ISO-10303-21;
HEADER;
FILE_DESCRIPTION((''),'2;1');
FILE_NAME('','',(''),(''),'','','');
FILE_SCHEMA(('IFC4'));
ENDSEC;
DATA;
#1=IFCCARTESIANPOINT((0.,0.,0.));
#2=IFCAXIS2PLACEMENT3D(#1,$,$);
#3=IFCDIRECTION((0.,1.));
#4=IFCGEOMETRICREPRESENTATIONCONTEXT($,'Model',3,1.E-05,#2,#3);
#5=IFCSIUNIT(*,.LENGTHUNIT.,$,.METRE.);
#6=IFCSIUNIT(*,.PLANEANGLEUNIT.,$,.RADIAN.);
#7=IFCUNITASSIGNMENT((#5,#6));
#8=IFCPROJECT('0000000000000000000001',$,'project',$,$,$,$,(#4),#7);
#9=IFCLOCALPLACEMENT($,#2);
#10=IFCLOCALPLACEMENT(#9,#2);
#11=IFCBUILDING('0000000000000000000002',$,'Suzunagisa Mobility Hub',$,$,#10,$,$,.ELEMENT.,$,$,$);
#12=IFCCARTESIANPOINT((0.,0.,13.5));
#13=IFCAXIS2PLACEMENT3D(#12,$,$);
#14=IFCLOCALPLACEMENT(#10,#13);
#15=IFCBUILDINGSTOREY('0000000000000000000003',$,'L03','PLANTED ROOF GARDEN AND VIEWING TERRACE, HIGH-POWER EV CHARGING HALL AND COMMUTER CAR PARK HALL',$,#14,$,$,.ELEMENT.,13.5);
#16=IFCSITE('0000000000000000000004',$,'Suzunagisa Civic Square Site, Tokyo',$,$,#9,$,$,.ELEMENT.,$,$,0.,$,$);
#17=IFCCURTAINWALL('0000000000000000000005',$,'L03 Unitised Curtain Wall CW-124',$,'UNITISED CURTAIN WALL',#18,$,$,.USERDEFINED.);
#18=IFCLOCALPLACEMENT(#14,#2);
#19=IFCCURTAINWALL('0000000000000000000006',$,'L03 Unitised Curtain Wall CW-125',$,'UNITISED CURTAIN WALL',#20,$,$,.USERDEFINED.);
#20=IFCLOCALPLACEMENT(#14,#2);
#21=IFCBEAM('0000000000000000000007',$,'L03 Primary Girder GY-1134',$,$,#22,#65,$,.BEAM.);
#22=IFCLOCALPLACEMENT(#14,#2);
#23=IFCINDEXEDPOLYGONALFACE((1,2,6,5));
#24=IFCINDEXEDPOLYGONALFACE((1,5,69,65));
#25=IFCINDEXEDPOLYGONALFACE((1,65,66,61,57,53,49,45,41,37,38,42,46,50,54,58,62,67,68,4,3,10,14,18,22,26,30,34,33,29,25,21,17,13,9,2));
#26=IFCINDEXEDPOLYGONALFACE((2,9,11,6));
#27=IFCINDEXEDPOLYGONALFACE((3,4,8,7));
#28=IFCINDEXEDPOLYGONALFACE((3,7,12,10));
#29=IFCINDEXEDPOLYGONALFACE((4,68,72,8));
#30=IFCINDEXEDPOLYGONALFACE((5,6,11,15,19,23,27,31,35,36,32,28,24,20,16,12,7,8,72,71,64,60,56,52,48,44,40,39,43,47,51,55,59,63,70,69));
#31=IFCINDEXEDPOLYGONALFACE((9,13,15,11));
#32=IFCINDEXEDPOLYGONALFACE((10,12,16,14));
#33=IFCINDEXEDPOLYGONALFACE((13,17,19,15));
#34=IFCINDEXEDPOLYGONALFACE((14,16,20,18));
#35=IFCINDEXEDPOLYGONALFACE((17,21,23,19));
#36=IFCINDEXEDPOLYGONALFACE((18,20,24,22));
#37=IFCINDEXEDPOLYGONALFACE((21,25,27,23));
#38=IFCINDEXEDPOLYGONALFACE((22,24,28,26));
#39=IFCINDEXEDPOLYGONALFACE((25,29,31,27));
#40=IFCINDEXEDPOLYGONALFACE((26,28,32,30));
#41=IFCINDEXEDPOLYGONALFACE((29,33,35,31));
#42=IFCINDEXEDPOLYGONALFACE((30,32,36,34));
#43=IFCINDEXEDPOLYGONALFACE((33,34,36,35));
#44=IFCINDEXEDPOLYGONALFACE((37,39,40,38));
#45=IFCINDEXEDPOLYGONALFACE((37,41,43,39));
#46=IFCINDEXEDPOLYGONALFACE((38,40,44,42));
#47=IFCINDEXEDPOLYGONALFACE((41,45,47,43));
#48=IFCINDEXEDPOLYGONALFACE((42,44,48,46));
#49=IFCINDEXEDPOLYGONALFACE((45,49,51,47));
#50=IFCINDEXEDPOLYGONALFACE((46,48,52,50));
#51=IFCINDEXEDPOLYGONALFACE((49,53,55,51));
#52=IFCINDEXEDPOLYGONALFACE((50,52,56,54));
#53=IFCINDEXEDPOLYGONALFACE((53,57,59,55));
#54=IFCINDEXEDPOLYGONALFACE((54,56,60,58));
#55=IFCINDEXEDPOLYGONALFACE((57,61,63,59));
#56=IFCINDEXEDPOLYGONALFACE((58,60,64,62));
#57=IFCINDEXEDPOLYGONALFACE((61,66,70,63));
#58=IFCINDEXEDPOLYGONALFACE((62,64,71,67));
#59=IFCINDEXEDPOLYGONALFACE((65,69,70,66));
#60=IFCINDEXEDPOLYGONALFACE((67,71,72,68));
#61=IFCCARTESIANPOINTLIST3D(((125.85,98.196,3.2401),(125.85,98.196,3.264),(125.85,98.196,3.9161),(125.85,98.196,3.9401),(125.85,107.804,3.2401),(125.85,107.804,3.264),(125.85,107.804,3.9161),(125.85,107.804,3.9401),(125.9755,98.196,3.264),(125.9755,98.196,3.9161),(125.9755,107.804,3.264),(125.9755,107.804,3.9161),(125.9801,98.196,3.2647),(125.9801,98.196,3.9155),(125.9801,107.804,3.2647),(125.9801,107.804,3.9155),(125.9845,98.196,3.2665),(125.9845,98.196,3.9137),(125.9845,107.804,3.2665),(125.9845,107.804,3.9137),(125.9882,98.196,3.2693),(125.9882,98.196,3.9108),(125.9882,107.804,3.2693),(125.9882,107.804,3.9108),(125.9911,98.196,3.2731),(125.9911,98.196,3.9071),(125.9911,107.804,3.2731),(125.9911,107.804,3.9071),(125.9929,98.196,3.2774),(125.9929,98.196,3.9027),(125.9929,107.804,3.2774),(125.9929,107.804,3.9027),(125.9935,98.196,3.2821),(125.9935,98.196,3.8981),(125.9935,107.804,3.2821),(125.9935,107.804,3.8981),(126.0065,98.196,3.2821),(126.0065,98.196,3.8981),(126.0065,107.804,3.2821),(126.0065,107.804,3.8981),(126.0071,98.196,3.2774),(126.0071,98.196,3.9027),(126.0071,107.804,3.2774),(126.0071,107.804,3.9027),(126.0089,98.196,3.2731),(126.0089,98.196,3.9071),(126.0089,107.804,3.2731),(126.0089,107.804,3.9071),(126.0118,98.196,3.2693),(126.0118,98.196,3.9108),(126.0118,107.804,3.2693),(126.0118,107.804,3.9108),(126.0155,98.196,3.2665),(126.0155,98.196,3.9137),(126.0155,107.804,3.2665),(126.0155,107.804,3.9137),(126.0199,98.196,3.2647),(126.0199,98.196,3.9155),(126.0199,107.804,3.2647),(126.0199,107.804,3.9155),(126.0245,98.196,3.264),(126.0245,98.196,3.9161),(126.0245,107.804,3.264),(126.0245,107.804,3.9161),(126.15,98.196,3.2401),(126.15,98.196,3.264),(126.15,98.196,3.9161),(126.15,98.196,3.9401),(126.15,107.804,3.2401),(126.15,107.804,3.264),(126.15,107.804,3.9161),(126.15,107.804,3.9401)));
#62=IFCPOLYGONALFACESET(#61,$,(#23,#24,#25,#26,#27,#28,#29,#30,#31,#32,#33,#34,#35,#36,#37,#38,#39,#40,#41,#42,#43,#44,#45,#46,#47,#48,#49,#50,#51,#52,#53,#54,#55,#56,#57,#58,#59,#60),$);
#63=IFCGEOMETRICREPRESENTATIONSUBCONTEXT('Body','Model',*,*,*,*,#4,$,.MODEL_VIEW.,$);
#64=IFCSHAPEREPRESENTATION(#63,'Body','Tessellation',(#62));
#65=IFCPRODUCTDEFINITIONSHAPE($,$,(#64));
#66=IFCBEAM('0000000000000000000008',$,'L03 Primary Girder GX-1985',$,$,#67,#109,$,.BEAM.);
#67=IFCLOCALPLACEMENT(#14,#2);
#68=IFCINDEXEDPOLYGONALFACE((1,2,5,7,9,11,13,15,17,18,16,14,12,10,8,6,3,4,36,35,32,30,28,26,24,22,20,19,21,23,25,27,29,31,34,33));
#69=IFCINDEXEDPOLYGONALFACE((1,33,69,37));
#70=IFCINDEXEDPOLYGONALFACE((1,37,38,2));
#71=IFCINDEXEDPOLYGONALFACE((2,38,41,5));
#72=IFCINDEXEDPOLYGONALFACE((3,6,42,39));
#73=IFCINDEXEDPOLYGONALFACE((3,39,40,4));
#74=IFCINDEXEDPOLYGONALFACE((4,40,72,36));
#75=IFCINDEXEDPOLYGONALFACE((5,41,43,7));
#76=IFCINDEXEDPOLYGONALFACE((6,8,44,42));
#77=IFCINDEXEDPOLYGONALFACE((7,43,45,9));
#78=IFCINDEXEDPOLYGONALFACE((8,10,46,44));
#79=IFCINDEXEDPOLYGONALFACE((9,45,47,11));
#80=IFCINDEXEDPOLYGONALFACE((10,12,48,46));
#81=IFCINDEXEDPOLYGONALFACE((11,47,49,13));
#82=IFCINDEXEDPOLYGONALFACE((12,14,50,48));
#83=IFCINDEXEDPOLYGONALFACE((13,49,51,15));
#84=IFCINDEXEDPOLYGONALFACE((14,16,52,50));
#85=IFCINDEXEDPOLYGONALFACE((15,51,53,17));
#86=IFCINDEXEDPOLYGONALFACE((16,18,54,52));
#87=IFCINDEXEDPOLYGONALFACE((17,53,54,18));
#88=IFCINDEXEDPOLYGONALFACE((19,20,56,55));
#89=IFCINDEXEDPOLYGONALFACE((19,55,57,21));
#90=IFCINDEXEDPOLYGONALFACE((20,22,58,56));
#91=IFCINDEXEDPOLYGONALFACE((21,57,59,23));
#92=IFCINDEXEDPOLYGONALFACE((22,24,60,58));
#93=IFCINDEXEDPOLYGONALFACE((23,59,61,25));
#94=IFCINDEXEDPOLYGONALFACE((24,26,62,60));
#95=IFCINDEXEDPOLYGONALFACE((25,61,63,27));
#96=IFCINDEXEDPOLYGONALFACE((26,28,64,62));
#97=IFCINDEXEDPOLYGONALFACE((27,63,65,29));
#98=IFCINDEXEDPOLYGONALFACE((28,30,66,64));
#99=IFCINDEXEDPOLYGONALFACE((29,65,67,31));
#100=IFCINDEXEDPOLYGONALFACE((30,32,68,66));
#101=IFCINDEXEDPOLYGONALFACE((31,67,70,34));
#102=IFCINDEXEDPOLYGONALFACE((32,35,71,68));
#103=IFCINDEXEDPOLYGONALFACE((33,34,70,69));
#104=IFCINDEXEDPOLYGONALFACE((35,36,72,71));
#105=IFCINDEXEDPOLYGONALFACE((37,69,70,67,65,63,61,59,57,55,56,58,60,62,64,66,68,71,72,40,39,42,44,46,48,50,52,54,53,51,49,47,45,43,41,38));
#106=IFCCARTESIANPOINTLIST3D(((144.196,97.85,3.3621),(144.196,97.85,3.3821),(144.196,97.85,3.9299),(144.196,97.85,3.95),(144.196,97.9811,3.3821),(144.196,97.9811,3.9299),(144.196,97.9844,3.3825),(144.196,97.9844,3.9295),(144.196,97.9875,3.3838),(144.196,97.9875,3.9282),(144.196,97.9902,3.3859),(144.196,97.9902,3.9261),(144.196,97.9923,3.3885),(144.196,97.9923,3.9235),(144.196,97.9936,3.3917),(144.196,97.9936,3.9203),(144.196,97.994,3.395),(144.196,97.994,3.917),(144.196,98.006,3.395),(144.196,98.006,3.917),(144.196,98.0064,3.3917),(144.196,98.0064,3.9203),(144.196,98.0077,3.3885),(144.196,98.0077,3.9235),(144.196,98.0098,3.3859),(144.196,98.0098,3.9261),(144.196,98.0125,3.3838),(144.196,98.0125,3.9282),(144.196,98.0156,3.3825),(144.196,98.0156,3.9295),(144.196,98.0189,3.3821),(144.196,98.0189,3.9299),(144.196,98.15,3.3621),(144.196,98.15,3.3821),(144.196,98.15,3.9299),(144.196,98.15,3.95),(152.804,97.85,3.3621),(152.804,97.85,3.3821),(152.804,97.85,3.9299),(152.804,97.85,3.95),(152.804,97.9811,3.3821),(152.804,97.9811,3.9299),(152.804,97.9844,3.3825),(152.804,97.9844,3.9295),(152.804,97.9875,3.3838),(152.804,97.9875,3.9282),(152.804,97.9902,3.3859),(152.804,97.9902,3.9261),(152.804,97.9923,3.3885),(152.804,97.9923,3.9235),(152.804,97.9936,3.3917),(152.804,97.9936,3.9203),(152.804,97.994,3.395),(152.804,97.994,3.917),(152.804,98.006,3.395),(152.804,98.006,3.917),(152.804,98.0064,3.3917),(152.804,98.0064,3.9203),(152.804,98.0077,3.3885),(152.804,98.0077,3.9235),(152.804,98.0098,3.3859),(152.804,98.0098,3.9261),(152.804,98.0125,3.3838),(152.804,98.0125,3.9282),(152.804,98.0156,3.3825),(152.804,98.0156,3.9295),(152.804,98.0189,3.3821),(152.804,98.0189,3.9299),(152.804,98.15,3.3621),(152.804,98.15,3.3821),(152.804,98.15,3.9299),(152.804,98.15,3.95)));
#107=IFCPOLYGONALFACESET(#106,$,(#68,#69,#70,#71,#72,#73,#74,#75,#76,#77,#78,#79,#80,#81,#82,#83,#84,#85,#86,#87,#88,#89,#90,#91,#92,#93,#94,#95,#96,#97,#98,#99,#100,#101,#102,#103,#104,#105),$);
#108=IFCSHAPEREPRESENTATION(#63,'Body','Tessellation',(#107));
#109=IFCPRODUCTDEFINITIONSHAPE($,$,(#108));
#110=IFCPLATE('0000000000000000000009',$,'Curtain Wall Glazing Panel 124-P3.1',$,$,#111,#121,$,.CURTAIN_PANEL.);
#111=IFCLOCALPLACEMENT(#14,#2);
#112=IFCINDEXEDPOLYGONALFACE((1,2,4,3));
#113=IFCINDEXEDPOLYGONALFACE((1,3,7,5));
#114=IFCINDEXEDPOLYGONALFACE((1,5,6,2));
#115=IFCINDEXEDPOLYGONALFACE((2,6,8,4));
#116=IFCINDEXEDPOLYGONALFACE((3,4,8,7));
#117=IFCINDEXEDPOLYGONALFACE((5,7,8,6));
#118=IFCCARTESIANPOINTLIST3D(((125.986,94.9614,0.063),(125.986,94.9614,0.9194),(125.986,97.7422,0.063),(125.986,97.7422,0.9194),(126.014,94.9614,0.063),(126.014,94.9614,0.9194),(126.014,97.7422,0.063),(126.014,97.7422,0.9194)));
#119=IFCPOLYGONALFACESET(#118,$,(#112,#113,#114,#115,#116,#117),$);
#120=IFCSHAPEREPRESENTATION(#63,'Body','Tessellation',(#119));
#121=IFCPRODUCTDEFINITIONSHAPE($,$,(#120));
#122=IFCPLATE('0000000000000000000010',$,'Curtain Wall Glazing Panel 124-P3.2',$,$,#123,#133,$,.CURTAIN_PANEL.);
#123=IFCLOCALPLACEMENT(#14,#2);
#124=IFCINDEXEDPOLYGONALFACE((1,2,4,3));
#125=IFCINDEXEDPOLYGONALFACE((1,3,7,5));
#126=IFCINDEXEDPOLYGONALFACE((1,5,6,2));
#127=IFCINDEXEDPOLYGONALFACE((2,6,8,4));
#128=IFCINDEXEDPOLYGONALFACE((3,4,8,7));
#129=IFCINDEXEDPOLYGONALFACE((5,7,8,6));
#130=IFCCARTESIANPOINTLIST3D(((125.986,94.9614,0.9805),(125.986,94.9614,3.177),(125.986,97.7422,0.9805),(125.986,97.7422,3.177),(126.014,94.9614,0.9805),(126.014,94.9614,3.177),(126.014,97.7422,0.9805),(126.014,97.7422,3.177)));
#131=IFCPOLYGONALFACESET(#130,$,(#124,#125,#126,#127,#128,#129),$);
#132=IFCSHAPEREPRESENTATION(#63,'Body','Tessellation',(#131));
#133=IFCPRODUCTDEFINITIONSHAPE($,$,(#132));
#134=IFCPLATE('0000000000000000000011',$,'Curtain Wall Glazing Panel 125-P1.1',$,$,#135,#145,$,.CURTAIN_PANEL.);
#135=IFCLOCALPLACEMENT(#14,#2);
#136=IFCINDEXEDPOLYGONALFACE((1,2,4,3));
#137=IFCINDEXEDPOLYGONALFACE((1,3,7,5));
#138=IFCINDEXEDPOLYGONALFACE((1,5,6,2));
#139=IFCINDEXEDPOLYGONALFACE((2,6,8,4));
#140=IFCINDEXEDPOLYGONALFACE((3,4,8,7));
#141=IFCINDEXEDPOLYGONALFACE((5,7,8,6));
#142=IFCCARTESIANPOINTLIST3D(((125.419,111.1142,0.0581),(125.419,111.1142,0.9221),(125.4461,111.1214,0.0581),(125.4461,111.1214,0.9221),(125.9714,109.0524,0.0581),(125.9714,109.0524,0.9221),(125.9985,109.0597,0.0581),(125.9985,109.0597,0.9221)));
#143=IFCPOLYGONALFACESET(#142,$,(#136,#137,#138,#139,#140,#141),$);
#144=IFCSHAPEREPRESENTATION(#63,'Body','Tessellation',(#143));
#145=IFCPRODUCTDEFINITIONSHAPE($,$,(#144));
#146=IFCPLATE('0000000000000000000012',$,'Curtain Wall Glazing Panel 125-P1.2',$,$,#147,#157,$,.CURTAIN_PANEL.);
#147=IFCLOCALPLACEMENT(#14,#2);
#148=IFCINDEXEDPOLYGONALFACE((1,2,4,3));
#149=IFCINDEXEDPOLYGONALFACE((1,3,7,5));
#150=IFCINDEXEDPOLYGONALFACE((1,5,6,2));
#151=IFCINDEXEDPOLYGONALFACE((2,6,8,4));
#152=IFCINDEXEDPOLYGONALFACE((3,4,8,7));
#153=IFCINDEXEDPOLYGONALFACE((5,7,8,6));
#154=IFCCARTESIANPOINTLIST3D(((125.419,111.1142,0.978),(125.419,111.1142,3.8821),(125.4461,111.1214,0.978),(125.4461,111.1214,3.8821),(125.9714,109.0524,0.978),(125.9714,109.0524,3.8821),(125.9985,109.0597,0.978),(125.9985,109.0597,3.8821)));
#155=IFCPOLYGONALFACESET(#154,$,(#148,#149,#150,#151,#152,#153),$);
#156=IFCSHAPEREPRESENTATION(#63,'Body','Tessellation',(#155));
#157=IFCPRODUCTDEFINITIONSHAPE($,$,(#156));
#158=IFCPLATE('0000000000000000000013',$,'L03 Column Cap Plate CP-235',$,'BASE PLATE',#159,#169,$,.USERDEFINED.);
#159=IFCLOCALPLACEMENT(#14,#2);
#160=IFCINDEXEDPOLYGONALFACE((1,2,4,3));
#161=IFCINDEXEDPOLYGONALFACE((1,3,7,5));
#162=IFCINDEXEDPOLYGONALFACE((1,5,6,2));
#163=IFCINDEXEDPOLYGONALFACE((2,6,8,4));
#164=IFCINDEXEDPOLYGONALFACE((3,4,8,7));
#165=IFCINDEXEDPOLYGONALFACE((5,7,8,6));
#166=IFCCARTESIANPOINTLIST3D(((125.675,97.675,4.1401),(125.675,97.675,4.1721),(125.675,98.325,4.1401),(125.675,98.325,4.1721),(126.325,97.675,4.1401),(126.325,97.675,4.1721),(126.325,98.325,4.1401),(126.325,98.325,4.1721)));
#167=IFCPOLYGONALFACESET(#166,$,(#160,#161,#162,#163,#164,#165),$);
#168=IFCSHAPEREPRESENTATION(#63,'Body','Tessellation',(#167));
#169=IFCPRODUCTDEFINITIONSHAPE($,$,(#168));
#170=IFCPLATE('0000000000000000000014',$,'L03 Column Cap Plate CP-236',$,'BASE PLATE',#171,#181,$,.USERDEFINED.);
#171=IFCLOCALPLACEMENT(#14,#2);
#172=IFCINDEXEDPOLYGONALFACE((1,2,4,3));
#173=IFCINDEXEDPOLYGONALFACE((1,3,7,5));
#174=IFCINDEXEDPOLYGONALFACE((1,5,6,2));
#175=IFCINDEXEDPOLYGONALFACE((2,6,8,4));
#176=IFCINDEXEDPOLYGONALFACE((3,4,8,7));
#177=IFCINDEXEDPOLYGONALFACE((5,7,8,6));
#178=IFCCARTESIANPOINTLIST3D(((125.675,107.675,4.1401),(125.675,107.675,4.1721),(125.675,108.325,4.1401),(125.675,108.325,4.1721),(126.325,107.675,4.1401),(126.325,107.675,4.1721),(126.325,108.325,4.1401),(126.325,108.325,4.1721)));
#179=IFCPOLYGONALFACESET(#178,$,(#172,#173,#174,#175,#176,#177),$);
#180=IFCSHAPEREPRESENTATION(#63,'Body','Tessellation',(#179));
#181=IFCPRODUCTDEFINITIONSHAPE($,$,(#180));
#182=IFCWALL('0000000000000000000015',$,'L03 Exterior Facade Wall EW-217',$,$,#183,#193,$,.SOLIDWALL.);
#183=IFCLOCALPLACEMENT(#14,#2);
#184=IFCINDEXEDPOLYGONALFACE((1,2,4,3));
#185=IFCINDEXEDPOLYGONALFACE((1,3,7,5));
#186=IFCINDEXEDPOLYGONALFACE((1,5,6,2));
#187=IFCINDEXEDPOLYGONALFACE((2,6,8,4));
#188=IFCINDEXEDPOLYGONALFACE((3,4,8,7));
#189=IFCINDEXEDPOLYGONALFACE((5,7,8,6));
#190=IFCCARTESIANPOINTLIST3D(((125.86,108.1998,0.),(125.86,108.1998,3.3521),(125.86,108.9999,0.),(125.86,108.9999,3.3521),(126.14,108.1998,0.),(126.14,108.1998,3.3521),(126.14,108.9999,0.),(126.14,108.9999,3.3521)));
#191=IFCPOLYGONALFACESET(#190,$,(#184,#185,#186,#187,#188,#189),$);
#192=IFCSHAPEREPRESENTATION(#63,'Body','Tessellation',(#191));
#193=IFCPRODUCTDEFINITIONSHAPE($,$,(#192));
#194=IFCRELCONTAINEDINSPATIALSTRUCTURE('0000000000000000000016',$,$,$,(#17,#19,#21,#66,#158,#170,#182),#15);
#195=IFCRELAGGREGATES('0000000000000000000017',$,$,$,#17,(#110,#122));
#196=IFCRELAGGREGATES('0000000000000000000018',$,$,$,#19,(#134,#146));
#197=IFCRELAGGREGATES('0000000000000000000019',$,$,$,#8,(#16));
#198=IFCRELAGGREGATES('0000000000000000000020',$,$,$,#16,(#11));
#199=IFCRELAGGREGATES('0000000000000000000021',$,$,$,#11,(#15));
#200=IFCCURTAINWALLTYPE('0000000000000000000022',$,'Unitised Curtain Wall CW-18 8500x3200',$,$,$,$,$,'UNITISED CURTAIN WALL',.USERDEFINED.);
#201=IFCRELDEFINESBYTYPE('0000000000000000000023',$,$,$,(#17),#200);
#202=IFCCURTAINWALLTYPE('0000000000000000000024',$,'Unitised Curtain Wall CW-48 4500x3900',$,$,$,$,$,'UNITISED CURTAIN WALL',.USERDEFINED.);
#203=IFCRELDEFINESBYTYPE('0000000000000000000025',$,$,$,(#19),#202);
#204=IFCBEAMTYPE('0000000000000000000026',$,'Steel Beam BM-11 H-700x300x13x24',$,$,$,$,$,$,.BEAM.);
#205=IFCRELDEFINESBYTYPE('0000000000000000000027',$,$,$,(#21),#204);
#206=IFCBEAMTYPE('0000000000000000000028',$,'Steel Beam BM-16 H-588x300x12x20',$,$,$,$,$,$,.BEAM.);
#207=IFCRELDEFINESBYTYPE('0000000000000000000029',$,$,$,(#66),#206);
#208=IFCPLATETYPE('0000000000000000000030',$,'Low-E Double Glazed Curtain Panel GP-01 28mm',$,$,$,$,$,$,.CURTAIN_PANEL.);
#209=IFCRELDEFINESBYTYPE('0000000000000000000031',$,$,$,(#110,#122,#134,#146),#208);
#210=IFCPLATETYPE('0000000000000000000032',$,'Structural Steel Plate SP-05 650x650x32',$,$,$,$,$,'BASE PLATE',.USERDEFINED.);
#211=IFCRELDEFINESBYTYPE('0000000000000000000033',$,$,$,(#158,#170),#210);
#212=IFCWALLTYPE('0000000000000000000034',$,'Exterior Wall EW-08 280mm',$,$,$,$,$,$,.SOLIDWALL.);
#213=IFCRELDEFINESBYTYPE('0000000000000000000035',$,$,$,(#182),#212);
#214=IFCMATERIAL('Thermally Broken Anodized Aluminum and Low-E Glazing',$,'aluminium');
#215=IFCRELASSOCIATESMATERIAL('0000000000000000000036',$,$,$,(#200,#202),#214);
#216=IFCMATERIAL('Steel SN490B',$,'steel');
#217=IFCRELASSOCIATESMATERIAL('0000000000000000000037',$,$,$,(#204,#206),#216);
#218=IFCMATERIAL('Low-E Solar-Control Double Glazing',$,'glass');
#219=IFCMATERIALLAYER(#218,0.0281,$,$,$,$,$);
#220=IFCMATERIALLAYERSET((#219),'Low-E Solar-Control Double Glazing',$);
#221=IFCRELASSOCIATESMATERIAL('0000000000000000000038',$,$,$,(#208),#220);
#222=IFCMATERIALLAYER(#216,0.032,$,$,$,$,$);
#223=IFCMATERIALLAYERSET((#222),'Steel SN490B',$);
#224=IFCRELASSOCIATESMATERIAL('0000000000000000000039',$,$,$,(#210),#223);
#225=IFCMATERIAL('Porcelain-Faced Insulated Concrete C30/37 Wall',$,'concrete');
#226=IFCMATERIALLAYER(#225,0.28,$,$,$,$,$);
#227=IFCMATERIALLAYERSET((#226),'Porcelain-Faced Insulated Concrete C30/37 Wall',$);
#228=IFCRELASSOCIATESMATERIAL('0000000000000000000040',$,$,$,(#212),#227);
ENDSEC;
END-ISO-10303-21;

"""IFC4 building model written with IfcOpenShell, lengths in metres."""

from ifc_helpers import new_model, si_unit, direction, frame, frame_2d, origin, origin_2d, place, context, subcontext, project, spatial, rectangle, i_section, extrude, material, layer, layer_set, material_profile, profile_set, type_object, element, aggregate, save


model = new_model("IFC4")

# Units and contexts
model_context = context("Model", 3, precision=1e-05, world=origin(), true_north=direction((0.0, 1.0)))
body_context = subcontext(model_context, "Body", "Model", "MODEL_VIEW")
ifc_project = project(units=[si_unit("LENGTHUNIT", "METRE"), si_unit("PLANEANGLEUNIT", "RADIAN")], contexts=[model_context])

# Site, building, storey
site_placement = place(None, origin())
site = spatial("IfcSite", under=ifc_project, at=site_placement, Name="Suzunagisa Civic Square Site, Tokyo", CompositionType="ELEMENT", RefElevation=0.0)
building_placement = place(site_placement, origin())
building = spatial("IfcBuilding", under=site, at=building_placement, Name="Suzunagisa Mobility Hub", CompositionType="ELEMENT")
storey_placement = place(building_placement, frame((0.0, 0.0, 13.5)))
storey = spatial("IfcBuildingStorey", under=building, at=storey_placement, Name="L03", Description="PLANTED ROOF GARDEN AND VIEWING TERRACE, HIGH-POWER EV CHARGING HALL AND COMMUTER CAR PARK HALL", CompositionType="ELEMENT", Elevation=13.5)

# Shared definitions
ifc_material_1 = material(Name="Steel SN490B", Category="steel")

# Curtain walls
ifc_material_2 = material(Name="Thermally Broken Anodized Aluminum and Low-E Glazing", Category="aluminium")
curtain_wall_type_1 = type_object("IfcCurtainWallType", Name="Unitised Curtain Wall CW-18 8500x3200", ElementType="UNITISED CURTAIN WALL", PredefinedType="USERDEFINED", material=ifc_material_2)
curtain_wall_1_placement = place(storey_placement, origin())
curtain_wall_1 = element("IfcCurtainWall", 1, at=curtain_wall_1_placement, inside=storey, type_object=curtain_wall_type_1, Name="L03 Unitised Curtain Wall CW-124", ObjectType="UNITISED CURTAIN WALL", PredefinedType="USERDEFINED")
curtain_wall_type_2 = type_object("IfcCurtainWallType", Name="Unitised Curtain Wall CW-48 4500x3900", ElementType="UNITISED CURTAIN WALL", PredefinedType="USERDEFINED", material=ifc_material_2)
curtain_wall_2_placement = place(storey_placement, origin())
curtain_wall_2 = element("IfcCurtainWall", 2, at=curtain_wall_2_placement, inside=storey, type_object=curtain_wall_type_2, Name="L03 Unitised Curtain Wall CW-125", ObjectType="UNITISED CURTAIN WALL", PredefinedType="USERDEFINED")

# Beams
ifc_material_profile_1 = material_profile(ifc_material_1, i_section(OverallWidth=0.3, OverallDepth=0.7, WebThickness=0.0129, FlangeThickness=0.0239, FilletRadius=0.0181, at=origin_2d()), Name="H-700x300x13x24")
ifc_profile_set_1 = profile_set([ifc_material_profile_1], Name="Steel SN490B")
beam_type_1 = type_object("IfcBeamType", Name="Steel Beam BM-11 H-700x300x13x24", PredefinedType="BEAM", material=ifc_profile_set_1)
beam_1_placement = place(storey_placement, frame((126.0, 98.196, 3.5901), z_axis=(0.0, 1.0, 0.0), x_axis=(-1.0, 0.0, 0.0)))
element("IfcBeam", 3, at=beam_1_placement, inside=storey, type_object=beam_type_1, Name="L03 Primary Girder GY-1134", PredefinedType="BEAM", context=body_context, shape_type="SweptSolid", body=[
    extrude(i_section(OverallWidth=0.3, OverallDepth=0.7, WebThickness=0.0129, FlangeThickness=0.0239, FilletRadius=0.0181, at=origin_2d()), origin(), (0.0, 0.0, 1.0), 9.6079),
])
ifc_material_profile_2 = material_profile(ifc_material_1, i_section(OverallWidth=0.3, OverallDepth=0.5879, WebThickness=0.012, FlangeThickness=0.02, FilletRadius=0.0129, at=origin_2d()), Name="H-588x300x12x20")
ifc_profile_set_2 = profile_set([ifc_material_profile_2], Name="Steel SN490B")
beam_type_2 = type_object("IfcBeamType", Name="Steel Beam BM-16 H-588x300x12x20", PredefinedType="BEAM", material=ifc_profile_set_2)
beam_2_placement = place(storey_placement, frame((144.196, 98.0, 3.656), z_axis=(1.0, 0.0, 0.0), x_axis=(0.0, 1.0, 0.0)))
element("IfcBeam", 4, at=beam_2_placement, inside=storey, type_object=beam_type_2, Name="L03 Primary Girder GX-1985", PredefinedType="BEAM", context=body_context, shape_type="SweptSolid", body=[
    extrude(i_section(OverallWidth=0.3, OverallDepth=0.5879, WebThickness=0.012, FlangeThickness=0.02, FilletRadius=0.0129, at=origin_2d()), origin(), (0.0, 0.0, 1.0), 8.6079),
])

# Plates
ifc_material_3 = material(Name="Low-E Solar-Control Double Glazing", Category="glass")
ifc_layer_1 = layer(ifc_material_3, 0.0281)
ifc_layer_set_1 = layer_set([ifc_layer_1], Name="Low-E Solar-Control Double Glazing")
plate_type_1 = type_object("IfcPlateType", Name="Low-E Double Glazed Curtain Panel GP-01 28mm", PredefinedType="CURTAIN_PANEL", material=ifc_layer_set_1)
plate_1_placement = place(storey_placement, frame((126.0, 96.3518, 0.063), z_axis=(0.0, 0.0, 1.0), x_axis=(0.0, 1.0, 0.0)))
plate_1 = element("IfcPlate", 5, at=plate_1_placement, type_object=plate_type_1, Name="Curtain Wall Glazing Panel 124-P3.1", PredefinedType="CURTAIN_PANEL", context=body_context, shape_type="SweptSolid", body=[
    extrude(rectangle(XDim=2.7808, YDim=0.0281, at=origin_2d()), origin(), (0.0, 0.0, 1.0), 0.8564),
])
plate_2_placement = place(storey_placement, frame((126.0, 96.3518, 0.9805), z_axis=(0.0, 0.0, 1.0), x_axis=(0.0, 1.0, 0.0)))
plate_2 = element("IfcPlate", 6, at=plate_2_placement, type_object=plate_type_1, Name="Curtain Wall Glazing Panel 124-P3.2", PredefinedType="CURTAIN_PANEL", context=body_context, shape_type="SweptSolid", body=[
    extrude(rectangle(XDim=2.7808, YDim=0.0281, at=origin_2d()), origin(), (0.0, 0.0, 1.0), 2.1965),
])
aggregate(curtain_wall_1, [plate_1, plate_2])
plate_3_placement = place(storey_placement, frame((125.7087, 110.0869, 0.0581), z_axis=(0.0, 0.0, 1.0), x_axis=(-0.258814, 0.965927, 0.0)))
plate_3 = element("IfcPlate", 7, at=plate_3_placement, type_object=plate_type_1, Name="Curtain Wall Glazing Panel 125-P1.1", PredefinedType="CURTAIN_PANEL", context=body_context, shape_type="SweptSolid", body=[
    extrude(rectangle(XDim=2.1345, YDim=0.0281, at=origin_2d()), origin(), (0.0, 0.0, 1.0), 0.864),
])
plate_4_placement = place(storey_placement, frame((125.7087, 110.0869, 0.978), z_axis=(0.0, 0.0, 1.0), x_axis=(-0.258814, 0.965927, 0.0)))
plate_4 = element("IfcPlate", 8, at=plate_4_placement, type_object=plate_type_1, Name="Curtain Wall Glazing Panel 125-P1.2", PredefinedType="CURTAIN_PANEL", context=body_context, shape_type="SweptSolid", body=[
    extrude(rectangle(XDim=2.1345, YDim=0.0281, at=origin_2d()), origin(), (0.0, 0.0, 1.0), 2.9041),
])
aggregate(curtain_wall_2, [plate_3, plate_4])

# Plates
ifc_layer_2 = layer(ifc_material_1, 0.032)
ifc_layer_set_2 = layer_set([ifc_layer_2], Name="Steel SN490B")
plate_type_2 = type_object("IfcPlateType", Name="Structural Steel Plate SP-05 650x650x32", ElementType="BASE PLATE", PredefinedType="USERDEFINED", material=ifc_layer_set_2)
for number, where, z_axis, x_axis, name in (
    (9, (126.0, 98.0, 4.1401), (0.0, 0.0, 1.0), (1.0, 0.0, 0.0), "L03 Column Cap Plate CP-235"),
    (10, (126.0, 108.0, 4.1401), (0.0, 0.0, 1.0), (1.0, 0.0, 0.0), "L03 Column Cap Plate CP-236"),
):
    element("IfcPlate", number, at=place(storey_placement, frame(where, z_axis=z_axis, x_axis=x_axis)), inside=storey, type_object=plate_type_2, Name=name, ObjectType="BASE PLATE", PredefinedType="USERDEFINED", context=body_context, shape_type="SweptSolid", body=[
        extrude(rectangle(XDim=0.6499, YDim=0.6499, at=origin_2d()), origin(), (0.0, 0.0, 1.0), 0.032),
    ])

# Wall
ifc_material_4 = material(Name="Porcelain-Faced Insulated Concrete C30/37 Wall", Category="concrete")
ifc_layer_3 = layer(ifc_material_4, 0.28)
ifc_layer_set_3 = layer_set([ifc_layer_3], Name="Porcelain-Faced Insulated Concrete C30/37 Wall")
wall_type_1 = type_object("IfcWallType", Name="Exterior Wall EW-08 280mm", PredefinedType="SOLIDWALL", material=ifc_layer_set_3)
wall_1_placement = place(storey_placement, frame((126.0, 108.2, 0.0), z_axis=(0.0, 0.0, 1.0), x_axis=(0.0, 1.0, 0.0)))
element("IfcWall", 11, at=wall_1_placement, inside=storey, type_object=wall_type_1, Name="L03 Exterior Facade Wall EW-217", PredefinedType="SOLIDWALL", context=body_context, shape_type="SweptSolid", body=[
    extrude(rectangle(XDim=0.8, YDim=0.28, at=frame_2d((0.3999, 0.0))), origin(), (0.0, 0.0, 1.0), 3.3521),
])

save(model, "model.ifc")
